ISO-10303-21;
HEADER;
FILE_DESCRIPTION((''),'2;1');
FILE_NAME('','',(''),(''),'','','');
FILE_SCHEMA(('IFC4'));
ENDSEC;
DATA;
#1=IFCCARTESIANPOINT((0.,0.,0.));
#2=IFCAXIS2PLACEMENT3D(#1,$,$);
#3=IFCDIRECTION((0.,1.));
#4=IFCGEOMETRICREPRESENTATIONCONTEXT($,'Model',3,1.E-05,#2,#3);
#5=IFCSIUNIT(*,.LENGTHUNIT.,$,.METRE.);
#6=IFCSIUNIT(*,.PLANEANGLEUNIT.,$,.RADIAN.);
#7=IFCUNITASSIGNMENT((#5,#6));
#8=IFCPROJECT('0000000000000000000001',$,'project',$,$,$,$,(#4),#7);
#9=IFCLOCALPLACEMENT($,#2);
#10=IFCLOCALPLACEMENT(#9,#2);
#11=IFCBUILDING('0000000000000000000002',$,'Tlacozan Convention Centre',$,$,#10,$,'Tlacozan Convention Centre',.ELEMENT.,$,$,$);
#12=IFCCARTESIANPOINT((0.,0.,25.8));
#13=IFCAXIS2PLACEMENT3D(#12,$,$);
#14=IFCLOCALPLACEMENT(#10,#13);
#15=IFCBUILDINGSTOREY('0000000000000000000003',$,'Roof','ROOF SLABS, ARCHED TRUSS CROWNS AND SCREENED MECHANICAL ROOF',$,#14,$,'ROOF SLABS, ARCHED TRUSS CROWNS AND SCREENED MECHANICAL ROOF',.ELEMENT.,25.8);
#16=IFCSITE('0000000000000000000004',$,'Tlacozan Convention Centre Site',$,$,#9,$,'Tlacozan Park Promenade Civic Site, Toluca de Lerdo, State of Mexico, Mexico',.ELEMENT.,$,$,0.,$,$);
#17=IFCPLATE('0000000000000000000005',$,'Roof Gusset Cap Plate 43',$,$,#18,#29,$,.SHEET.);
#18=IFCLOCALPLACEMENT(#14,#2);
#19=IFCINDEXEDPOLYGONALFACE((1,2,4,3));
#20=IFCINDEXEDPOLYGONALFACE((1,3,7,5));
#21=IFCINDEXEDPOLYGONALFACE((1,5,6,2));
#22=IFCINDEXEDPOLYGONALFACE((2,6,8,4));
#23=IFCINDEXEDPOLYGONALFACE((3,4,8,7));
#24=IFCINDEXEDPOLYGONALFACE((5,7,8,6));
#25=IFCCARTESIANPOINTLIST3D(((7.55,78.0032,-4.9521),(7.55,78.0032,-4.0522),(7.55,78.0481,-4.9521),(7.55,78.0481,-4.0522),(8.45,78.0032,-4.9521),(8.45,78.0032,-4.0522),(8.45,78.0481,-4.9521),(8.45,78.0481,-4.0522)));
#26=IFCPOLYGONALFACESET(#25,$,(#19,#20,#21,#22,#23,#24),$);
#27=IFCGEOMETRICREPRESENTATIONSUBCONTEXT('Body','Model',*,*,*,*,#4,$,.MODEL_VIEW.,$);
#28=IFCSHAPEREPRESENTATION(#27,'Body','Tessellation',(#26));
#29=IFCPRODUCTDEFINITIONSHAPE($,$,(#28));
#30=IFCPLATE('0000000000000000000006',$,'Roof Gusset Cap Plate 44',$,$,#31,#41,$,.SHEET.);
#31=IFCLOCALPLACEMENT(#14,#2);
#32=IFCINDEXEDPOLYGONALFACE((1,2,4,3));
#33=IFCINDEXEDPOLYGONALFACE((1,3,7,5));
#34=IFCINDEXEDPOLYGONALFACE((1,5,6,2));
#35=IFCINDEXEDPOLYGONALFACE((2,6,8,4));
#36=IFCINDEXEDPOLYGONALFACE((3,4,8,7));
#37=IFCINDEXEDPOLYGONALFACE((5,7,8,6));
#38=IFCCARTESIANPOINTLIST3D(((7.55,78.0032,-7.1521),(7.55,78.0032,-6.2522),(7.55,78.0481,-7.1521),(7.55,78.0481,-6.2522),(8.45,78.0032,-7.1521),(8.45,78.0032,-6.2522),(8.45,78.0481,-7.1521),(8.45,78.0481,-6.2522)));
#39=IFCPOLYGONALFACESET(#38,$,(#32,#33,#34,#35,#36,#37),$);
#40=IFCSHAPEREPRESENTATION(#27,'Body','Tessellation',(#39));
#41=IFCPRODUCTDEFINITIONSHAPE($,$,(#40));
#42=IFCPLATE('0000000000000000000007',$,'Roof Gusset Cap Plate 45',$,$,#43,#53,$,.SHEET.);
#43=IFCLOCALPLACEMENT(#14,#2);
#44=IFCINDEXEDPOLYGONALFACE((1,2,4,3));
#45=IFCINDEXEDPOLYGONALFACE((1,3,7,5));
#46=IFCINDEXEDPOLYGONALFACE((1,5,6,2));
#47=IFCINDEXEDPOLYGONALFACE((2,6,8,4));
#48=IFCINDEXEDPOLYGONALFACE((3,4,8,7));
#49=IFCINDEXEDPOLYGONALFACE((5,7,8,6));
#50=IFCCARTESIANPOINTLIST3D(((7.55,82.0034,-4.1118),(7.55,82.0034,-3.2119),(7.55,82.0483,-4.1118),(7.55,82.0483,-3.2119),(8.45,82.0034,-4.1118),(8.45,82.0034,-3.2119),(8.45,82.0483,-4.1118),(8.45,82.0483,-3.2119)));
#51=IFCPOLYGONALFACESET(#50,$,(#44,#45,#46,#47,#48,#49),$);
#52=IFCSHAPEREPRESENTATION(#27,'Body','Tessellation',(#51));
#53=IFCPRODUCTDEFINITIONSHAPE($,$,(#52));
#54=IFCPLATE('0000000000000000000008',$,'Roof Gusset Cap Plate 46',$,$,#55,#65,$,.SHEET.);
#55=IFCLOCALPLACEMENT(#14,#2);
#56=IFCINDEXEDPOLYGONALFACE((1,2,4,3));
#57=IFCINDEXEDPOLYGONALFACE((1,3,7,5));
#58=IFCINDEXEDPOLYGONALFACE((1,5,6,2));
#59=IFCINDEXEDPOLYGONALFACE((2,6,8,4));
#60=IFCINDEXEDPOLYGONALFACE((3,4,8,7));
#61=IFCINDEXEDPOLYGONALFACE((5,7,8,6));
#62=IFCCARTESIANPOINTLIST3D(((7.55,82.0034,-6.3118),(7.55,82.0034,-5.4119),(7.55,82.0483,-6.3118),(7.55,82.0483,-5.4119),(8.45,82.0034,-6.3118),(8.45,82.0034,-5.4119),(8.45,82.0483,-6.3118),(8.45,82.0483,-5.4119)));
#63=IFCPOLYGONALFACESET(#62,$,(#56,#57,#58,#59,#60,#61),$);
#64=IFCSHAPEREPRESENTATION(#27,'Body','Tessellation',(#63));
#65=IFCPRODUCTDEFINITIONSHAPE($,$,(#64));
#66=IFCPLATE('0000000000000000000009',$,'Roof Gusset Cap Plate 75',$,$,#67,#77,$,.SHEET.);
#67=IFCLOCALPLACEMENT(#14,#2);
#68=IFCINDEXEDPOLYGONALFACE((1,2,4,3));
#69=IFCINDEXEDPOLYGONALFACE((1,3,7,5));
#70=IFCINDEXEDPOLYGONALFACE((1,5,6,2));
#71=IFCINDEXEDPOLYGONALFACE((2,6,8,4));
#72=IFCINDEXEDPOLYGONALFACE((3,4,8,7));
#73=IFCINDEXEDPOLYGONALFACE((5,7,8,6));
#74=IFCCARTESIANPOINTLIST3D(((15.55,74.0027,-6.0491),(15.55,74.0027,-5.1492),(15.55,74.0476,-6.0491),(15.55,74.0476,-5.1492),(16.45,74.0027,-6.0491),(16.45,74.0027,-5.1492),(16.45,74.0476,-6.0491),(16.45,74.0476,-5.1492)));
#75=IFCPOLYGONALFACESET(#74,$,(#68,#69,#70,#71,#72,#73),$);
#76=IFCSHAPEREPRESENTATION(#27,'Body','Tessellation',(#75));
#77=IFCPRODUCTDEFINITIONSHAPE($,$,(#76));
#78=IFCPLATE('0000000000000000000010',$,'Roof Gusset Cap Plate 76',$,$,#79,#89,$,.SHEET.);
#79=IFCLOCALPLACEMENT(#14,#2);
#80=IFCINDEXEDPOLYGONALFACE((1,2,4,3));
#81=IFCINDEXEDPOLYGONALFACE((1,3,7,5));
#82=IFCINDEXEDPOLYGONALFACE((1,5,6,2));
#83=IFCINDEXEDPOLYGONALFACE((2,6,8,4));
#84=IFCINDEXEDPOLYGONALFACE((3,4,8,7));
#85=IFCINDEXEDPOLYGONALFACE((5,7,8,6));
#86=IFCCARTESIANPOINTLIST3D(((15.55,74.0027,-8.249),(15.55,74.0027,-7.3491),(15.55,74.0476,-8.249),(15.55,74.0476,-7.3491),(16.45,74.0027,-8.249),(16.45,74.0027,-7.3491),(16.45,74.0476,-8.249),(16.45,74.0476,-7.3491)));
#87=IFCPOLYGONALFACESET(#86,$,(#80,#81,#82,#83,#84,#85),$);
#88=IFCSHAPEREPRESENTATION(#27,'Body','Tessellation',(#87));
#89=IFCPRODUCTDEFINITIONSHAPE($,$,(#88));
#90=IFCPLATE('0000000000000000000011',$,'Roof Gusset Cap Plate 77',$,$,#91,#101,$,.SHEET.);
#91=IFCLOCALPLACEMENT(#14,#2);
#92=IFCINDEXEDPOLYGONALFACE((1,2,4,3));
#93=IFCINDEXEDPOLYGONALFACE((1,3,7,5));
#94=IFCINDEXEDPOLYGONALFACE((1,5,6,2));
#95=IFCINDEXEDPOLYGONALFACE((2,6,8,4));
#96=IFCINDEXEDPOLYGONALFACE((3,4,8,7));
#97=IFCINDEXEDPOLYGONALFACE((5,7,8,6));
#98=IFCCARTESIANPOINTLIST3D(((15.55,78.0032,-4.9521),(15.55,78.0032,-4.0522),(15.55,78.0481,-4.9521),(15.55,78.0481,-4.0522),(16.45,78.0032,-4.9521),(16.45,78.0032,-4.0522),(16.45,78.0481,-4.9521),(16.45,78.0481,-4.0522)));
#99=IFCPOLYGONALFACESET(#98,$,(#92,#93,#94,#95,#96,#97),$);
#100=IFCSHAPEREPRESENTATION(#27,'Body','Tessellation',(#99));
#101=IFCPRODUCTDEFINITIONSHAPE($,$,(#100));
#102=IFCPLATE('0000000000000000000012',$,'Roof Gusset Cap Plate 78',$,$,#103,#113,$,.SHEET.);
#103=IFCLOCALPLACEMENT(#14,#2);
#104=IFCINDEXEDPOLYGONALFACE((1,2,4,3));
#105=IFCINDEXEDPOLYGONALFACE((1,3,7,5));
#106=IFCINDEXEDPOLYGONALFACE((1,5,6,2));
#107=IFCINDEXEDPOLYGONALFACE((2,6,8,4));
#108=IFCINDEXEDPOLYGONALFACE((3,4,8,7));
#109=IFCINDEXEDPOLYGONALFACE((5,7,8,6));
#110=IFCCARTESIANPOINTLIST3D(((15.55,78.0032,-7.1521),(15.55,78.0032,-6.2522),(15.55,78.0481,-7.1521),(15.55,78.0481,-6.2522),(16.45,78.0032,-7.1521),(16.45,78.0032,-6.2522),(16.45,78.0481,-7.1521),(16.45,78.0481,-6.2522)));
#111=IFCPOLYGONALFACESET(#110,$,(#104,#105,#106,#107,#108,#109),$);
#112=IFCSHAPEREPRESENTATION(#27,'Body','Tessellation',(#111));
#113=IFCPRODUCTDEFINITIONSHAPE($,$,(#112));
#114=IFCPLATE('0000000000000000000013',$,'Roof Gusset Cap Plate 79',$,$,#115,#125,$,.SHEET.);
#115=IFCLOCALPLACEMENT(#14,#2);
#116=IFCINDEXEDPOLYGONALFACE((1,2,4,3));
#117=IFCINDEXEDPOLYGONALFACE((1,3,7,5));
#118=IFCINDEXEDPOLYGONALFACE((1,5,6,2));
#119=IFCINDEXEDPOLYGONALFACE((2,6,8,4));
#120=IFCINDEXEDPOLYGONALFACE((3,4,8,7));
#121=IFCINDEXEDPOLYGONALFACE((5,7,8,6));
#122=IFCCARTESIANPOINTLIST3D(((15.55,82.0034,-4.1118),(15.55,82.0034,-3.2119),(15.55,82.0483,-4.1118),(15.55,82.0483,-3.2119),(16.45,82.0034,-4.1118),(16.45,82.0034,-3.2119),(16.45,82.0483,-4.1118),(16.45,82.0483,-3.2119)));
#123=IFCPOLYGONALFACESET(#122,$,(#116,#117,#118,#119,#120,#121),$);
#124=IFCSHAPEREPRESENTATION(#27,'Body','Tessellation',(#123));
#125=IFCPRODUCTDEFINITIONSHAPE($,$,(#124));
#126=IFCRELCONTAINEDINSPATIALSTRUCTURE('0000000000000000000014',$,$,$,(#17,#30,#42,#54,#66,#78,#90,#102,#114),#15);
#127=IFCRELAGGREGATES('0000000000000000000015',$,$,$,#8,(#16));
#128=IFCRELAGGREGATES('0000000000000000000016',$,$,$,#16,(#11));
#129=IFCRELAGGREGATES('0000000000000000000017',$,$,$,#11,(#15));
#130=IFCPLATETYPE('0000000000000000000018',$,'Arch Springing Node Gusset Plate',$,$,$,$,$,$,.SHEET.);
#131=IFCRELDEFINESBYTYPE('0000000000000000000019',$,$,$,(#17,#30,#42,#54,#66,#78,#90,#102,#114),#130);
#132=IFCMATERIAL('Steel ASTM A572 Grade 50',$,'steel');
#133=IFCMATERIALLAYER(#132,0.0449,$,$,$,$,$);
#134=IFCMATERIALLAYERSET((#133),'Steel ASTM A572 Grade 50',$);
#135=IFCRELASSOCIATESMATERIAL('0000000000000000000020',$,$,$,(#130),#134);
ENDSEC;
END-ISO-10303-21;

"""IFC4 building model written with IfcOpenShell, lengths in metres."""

from ifc_helpers import new_model, si_unit, direction, frame, origin, origin_2d, place, context, subcontext, project, spatial, rectangle, extrude, material, layer, layer_set, type_object, element, save


model = new_model("IFC4")

# Units and contexts
model_context = context("Model", 3, precision=1e-05, world=origin(), true_north=direction((0.0, 1.0)))
body_context = subcontext(model_context, "Body", "Model", "MODEL_VIEW")
ifc_project = project(units=[si_unit("LENGTHUNIT", "METRE"), si_unit("PLANEANGLEUNIT", "RADIAN")], contexts=[model_context])

# Site, building, storey
site_placement = place(None, origin())
site = spatial("IfcSite", under=ifc_project, at=site_placement, Name="Tlacozan Convention Centre Site", LongName="Tlacozan Park Promenade Civic Site, Toluca de Lerdo, State of Mexico, Mexico", CompositionType="ELEMENT", RefElevation=0.0)
building_placement = place(site_placement, origin())
building = spatial("IfcBuilding", under=site, at=building_placement, Name="Tlacozan Convention Centre", LongName="Tlacozan Convention Centre", CompositionType="ELEMENT")
storey_placement = place(building_placement, frame((0.0, 0.0, 25.8)))
storey = spatial("IfcBuildingStorey", under=building, at=storey_placement, Name="Roof", Description="ROOF SLABS, ARCHED TRUSS CROWNS AND SCREENED MECHANICAL ROOF", LongName="ROOF SLABS, ARCHED TRUSS CROWNS AND SCREENED MECHANICAL ROOF", CompositionType="ELEMENT", Elevation=25.8)

# Plates
ifc_material_1 = material(Name="Steel ASTM A572 Grade 50", Category="steel")
ifc_layer = layer(ifc_material_1, 0.0449)
ifc_layer_set = layer_set([ifc_layer], Name="Steel ASTM A572 Grade 50")
plate_type = type_object("IfcPlateType", Name="Arch Springing Node Gusset Plate", PredefinedType="SHEET", material=ifc_layer_set)
for number, where, z_axis, x_axis, name in (
    (1, (8.0, 78.0256, -4.9521), (0.0, 0.0, 1.0), (0.0, 1.0, 0.0), "Roof Gusset Cap Plate 43"),
    (2, (8.0, 78.0256, -7.1521), (0.0, 0.0, 1.0), (0.0, 1.0, 0.0), "Roof Gusset Cap Plate 44"),
    (3, (8.0, 82.0259, -4.1118), (0.0, 0.0, 1.0), (0.0, 1.0, 0.0), "Roof Gusset Cap Plate 45"),
    (4, (8.0, 82.0259, -6.3118), (0.0, 0.0, 1.0), (0.0, 1.0, 0.0), "Roof Gusset Cap Plate 46"),
    (5, (16.0, 74.0251, -6.0491), (0.0, 0.0, 1.0), (0.0, 1.0, 0.0), "Roof Gusset Cap Plate 75"),
    (6, (16.0, 74.0251, -8.249), (0.0, 0.0, 1.0), (0.0, 1.0, 0.0), "Roof Gusset Cap Plate 76"),
    (7, (16.0, 78.0256, -4.9521), (0.0, 0.0, 1.0), (0.0, 1.0, 0.0), "Roof Gusset Cap Plate 77"),
    (8, (16.0, 78.0256, -7.1521), (0.0, 0.0, 1.0), (0.0, 1.0, 0.0), "Roof Gusset Cap Plate 78"),
    (9, (16.0, 82.0259, -4.1118), (0.0, 0.0, 1.0), (0.0, 1.0, 0.0), "Roof Gusset Cap Plate 79"),
):
    element("IfcPlate", number, at=place(storey_placement, frame(where, z_axis=z_axis, x_axis=x_axis)), inside=storey, type_object=plate_type, Name=name, PredefinedType="SHEET", context=body_context, shape_type="SweptSolid", body=[
        extrude(rectangle(XDim=0.0449, YDim=0.8999, at=origin_2d()), origin(), (0.0, 0.0, 1.0), 0.8999),
    ])

save(model, "model.ifc")
